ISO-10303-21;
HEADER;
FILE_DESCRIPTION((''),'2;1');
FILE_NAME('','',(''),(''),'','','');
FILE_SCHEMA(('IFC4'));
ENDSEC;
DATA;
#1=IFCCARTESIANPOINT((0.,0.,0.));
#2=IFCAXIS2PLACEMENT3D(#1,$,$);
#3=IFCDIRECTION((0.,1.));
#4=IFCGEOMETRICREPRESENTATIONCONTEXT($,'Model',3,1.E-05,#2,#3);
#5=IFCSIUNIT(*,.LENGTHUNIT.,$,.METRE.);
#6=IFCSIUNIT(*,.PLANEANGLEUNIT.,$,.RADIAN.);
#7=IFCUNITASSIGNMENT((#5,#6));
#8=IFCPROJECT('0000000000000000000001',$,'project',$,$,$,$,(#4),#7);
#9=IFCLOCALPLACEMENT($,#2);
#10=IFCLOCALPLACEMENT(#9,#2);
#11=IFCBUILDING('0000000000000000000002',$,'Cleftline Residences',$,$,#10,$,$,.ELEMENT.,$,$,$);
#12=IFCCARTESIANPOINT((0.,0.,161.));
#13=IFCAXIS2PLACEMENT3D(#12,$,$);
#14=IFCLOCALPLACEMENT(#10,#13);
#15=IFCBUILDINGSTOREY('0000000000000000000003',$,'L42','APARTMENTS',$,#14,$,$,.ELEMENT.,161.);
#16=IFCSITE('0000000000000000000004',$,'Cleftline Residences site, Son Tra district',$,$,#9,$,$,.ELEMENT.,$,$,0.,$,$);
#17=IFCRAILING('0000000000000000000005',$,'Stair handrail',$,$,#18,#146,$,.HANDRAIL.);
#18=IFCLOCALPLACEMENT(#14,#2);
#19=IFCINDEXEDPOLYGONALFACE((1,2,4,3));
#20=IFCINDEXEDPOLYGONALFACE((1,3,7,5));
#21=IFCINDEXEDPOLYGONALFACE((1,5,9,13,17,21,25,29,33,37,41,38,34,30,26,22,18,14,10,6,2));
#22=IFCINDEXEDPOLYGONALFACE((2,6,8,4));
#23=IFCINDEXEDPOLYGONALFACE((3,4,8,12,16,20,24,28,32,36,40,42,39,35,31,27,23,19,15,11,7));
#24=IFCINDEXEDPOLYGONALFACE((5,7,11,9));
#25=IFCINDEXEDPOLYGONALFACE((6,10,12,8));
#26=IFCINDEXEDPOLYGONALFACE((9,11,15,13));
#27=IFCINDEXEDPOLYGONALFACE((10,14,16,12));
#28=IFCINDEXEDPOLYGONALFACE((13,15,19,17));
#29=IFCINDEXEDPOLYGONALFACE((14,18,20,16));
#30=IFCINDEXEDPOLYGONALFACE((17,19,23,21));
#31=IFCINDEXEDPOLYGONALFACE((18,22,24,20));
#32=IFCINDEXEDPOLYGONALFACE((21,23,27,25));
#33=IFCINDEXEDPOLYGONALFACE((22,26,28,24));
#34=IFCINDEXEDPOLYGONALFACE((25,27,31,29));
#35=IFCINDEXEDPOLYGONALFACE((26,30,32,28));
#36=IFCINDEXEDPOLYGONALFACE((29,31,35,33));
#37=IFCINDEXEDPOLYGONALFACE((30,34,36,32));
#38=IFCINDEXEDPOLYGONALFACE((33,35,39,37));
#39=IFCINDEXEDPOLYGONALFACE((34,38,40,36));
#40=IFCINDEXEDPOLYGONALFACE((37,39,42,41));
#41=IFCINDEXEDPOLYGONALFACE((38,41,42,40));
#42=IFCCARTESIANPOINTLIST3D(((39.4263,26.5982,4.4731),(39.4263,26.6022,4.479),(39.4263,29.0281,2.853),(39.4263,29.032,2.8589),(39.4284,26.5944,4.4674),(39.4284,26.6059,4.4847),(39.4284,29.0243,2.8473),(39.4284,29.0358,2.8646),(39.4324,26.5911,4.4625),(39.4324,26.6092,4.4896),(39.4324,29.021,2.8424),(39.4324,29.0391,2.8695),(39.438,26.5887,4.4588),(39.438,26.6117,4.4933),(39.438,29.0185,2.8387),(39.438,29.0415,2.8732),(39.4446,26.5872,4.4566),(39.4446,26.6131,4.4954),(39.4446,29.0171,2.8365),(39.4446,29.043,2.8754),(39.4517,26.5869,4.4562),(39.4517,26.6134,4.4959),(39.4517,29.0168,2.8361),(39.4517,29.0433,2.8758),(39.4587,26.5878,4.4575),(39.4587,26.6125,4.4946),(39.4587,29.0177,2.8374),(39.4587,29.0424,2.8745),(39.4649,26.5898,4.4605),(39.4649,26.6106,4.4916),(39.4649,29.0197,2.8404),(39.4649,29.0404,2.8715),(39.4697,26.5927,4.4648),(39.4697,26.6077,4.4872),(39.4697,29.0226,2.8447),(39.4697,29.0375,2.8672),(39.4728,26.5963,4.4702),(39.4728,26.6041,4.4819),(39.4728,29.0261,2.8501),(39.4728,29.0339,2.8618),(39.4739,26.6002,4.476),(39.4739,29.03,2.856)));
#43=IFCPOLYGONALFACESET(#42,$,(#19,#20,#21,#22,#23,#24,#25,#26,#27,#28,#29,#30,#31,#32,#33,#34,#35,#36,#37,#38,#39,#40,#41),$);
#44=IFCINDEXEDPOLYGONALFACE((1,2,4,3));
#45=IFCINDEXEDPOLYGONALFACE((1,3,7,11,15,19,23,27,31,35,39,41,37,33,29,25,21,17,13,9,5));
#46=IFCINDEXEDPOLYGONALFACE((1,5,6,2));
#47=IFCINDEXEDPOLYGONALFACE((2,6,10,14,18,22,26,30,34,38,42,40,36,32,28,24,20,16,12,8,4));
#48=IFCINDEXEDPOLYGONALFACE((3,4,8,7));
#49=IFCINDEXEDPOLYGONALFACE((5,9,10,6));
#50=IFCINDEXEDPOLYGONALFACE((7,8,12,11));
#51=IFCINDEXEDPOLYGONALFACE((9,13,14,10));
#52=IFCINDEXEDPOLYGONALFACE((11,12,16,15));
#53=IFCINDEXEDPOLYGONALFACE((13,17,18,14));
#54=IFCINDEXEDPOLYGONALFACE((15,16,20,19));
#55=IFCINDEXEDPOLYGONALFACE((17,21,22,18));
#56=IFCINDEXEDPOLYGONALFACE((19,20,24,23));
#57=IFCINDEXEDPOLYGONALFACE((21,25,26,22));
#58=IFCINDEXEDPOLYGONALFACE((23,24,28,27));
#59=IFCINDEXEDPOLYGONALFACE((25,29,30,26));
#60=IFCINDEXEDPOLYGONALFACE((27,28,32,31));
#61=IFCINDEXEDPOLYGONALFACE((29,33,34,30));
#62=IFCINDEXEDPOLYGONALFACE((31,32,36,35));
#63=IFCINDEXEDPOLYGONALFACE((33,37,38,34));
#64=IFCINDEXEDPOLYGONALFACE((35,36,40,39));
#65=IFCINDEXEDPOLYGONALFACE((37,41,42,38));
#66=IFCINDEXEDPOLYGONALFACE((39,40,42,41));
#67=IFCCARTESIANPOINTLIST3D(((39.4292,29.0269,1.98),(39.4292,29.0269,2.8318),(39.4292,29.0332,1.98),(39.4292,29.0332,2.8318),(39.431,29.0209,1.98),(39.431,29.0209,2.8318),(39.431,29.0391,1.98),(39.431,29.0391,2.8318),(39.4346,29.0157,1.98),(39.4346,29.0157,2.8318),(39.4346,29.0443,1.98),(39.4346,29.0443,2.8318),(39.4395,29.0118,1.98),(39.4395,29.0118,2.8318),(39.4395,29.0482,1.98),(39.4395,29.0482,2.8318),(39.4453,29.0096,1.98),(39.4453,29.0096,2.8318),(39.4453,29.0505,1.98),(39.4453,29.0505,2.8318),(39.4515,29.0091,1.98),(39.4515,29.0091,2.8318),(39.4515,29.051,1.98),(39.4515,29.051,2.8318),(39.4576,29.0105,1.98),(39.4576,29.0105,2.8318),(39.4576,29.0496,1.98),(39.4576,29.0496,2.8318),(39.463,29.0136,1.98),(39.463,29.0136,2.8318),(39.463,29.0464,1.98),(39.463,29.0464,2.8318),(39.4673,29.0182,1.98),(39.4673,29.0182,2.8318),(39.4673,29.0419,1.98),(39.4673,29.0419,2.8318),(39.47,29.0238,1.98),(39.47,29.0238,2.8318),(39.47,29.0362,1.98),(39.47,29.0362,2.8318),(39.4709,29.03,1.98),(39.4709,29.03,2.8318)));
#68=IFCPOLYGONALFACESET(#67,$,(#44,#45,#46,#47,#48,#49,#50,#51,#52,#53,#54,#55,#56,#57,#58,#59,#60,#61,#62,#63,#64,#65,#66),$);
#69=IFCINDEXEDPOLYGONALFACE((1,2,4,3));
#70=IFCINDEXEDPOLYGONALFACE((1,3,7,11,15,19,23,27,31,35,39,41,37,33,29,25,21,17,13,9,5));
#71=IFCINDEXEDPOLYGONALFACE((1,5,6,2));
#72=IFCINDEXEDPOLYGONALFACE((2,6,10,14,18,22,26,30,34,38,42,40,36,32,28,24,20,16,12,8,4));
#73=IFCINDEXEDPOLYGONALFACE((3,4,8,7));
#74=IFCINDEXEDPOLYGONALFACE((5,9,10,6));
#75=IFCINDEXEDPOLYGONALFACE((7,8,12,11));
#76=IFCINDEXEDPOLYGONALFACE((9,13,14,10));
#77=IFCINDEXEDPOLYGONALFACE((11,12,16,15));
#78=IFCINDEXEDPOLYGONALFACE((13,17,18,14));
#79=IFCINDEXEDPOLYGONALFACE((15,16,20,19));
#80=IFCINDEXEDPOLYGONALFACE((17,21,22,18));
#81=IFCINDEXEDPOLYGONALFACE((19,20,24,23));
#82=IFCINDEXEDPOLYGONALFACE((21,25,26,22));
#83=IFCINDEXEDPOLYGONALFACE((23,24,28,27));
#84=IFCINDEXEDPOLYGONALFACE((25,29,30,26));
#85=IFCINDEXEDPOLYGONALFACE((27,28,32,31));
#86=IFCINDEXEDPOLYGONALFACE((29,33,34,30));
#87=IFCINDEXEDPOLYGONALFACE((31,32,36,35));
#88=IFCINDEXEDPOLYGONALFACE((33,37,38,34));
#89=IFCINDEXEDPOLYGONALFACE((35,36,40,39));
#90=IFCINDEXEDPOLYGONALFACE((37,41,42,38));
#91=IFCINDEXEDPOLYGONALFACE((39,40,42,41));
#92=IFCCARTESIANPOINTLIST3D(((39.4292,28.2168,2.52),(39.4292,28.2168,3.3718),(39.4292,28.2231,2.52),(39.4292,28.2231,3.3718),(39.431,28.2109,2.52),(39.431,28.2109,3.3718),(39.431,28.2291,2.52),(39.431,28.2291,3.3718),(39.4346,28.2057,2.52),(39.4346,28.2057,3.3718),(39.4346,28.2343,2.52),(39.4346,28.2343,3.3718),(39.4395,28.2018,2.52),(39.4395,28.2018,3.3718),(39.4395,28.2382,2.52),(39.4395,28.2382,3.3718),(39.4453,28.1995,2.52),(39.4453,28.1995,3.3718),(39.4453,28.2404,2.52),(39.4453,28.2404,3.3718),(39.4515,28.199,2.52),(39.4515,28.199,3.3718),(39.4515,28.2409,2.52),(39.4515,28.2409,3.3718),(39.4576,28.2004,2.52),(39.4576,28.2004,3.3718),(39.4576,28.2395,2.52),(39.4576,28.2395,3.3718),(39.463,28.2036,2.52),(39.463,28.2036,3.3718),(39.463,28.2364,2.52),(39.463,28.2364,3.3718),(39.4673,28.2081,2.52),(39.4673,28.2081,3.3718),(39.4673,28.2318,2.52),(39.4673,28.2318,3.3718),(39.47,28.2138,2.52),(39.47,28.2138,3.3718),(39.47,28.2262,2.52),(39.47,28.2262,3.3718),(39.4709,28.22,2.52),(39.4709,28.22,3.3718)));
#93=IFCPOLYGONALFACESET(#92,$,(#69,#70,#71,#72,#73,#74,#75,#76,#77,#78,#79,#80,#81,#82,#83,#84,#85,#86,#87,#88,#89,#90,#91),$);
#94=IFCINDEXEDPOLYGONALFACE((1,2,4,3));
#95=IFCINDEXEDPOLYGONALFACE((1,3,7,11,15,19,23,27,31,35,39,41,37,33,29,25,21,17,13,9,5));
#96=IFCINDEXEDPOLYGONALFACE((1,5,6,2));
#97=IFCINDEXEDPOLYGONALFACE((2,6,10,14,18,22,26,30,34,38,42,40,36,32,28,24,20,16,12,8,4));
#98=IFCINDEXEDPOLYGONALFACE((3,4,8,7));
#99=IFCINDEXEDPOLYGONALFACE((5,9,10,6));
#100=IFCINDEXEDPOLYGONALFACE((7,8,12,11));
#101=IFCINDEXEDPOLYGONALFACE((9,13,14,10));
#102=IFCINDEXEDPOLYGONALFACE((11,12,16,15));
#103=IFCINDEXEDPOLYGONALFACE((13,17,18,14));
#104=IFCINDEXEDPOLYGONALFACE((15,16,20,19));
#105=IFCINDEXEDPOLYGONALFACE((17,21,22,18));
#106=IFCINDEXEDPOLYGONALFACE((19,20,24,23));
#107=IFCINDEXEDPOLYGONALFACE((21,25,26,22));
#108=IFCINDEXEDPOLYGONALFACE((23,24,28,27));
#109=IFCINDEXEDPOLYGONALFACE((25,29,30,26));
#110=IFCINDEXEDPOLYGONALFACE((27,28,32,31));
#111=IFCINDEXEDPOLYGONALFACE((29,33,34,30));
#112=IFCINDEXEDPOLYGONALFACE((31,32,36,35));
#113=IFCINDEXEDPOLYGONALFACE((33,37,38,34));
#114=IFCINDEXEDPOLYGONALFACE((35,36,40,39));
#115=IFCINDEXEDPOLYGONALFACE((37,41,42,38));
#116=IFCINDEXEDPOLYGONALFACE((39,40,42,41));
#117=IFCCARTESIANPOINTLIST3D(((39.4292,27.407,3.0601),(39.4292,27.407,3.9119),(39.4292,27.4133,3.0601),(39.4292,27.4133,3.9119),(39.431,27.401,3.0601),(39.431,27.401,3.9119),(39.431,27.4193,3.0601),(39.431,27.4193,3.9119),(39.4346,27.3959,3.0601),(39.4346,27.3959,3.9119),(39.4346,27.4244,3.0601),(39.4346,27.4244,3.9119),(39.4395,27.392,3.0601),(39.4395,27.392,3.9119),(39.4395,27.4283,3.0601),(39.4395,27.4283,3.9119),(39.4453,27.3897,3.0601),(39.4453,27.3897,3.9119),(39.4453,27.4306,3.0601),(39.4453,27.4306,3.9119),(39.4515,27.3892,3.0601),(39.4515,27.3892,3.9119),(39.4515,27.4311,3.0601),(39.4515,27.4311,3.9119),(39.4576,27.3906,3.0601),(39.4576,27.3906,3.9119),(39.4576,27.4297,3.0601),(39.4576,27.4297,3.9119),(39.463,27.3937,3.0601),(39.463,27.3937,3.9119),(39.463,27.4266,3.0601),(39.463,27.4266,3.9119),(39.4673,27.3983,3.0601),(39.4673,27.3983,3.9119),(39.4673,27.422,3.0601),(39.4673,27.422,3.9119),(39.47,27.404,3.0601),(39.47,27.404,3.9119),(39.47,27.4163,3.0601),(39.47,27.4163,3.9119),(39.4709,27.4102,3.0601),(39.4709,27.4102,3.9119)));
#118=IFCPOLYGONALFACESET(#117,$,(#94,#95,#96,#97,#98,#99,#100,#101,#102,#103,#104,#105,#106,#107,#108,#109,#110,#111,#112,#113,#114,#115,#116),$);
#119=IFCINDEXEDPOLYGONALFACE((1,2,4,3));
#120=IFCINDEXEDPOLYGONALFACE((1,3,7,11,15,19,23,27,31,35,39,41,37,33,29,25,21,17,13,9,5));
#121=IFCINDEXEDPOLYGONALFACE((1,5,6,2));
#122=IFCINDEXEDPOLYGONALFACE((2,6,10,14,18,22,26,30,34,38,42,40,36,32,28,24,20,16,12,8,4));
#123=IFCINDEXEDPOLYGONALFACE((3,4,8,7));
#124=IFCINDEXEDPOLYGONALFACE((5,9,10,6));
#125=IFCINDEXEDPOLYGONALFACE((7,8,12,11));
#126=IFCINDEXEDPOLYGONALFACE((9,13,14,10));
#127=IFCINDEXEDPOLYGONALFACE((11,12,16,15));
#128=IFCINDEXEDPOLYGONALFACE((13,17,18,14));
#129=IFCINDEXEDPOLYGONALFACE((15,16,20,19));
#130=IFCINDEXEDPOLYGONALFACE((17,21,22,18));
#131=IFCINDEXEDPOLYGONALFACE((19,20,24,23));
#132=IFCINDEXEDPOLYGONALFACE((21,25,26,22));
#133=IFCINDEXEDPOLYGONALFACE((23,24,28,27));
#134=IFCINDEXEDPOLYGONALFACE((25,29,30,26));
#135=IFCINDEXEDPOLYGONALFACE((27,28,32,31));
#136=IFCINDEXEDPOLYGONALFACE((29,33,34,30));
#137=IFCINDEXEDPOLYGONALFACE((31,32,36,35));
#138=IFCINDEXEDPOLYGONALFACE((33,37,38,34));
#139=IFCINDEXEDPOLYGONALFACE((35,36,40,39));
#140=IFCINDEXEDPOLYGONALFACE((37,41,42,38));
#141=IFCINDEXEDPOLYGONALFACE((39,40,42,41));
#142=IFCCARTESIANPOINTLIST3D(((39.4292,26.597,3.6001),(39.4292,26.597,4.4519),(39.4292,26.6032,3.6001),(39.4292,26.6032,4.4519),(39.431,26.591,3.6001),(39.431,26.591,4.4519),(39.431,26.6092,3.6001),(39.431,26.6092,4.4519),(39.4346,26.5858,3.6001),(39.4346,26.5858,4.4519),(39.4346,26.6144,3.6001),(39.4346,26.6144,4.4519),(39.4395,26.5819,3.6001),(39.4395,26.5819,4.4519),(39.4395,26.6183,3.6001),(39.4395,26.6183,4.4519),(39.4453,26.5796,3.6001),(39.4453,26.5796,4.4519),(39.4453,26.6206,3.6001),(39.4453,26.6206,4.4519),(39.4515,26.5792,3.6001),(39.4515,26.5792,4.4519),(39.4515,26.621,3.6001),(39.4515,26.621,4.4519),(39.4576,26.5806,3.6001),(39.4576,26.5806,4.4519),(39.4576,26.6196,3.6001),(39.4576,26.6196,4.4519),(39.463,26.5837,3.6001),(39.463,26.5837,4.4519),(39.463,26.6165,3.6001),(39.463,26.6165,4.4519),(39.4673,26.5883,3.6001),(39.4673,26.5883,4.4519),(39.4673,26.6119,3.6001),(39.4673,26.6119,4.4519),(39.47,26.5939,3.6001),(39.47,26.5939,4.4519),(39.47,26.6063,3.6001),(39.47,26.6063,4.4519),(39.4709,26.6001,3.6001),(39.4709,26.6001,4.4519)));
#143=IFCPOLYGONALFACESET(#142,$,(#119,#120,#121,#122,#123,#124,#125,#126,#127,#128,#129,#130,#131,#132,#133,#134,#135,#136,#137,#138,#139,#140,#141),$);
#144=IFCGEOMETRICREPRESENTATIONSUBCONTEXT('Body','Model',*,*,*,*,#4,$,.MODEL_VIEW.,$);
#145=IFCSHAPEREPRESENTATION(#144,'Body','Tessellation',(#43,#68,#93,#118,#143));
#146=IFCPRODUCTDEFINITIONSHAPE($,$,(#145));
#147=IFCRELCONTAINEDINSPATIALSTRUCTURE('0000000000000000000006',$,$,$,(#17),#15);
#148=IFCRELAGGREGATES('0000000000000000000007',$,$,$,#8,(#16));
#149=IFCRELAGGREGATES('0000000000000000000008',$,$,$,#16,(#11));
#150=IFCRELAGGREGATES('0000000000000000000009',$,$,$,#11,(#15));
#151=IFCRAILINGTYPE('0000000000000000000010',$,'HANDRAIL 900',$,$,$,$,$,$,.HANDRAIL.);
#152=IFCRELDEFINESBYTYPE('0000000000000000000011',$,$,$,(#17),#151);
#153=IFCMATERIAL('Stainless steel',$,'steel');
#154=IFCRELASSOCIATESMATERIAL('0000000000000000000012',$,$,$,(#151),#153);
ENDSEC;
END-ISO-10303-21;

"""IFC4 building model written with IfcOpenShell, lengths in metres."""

from ifc_helpers import new_model, si_unit, direction, frame, origin, origin_2d, place, context, subcontext, project, spatial, circle, extrude, material, type_object, element, save


model = new_model("IFC4")

# Units and contexts
model_context = context("Model", 3, precision=1e-05, world=origin(), true_north=direction((0.0, 1.0)))
body_context = subcontext(model_context, "Body", "Model", "MODEL_VIEW")
ifc_project = project(units=[si_unit("LENGTHUNIT", "METRE"), si_unit("PLANEANGLEUNIT", "RADIAN")], contexts=[model_context])

# Site, building, storey
site_placement = place(None, origin())
site = spatial("IfcSite", under=ifc_project, at=site_placement, Name="Cleftline Residences site, Son Tra district", CompositionType="ELEMENT", RefElevation=0.0)
building_placement = place(site_placement, origin())
building = spatial("IfcBuilding", under=site, at=building_placement, Name="Cleftline Residences", CompositionType="ELEMENT")
storey_placement = place(building_placement, frame((0.0, 0.0, 161.0)))
storey = spatial("IfcBuildingStorey", under=building, at=storey_placement, Name="L42", Description="APARTMENTS", CompositionType="ELEMENT", Elevation=161.0)

# Railing
ifc_material_1 = material(Name="Stainless steel", Category="steel")
railing_type = type_object("IfcRailingType", Name="HANDRAIL 900", PredefinedType="HANDRAIL", material=ifc_material_1)
railing_1_placement = place(storey_placement, frame((39.45, 29.03, 1.98)))
element("IfcRailing", 1, at=railing_1_placement, inside=storey, type_object=railing_type, Name="Stair handrail", PredefinedType="HANDRAIL", context=body_context, shape_type="SweptSolid", body=[
    extrude(circle(Radius=0.0239, at=origin_2d()), frame((0.0, 0.0, 0.876), z_axis=(0.0, -0.832025, 0.554739), x_axis=(1.0, 0.0, 0.0)), (0.0, 0.0, 1.0), 2.9204),
    extrude(circle(Radius=0.021, at=origin_2d()), origin(), (0.0, 0.0, 1.0), 0.8518),
    extrude(circle(Radius=0.021, at=origin_2d()), frame((0.0, -0.8101, 0.54)), (0.0, 0.0, 1.0), 0.8518),
    extrude(circle(Radius=0.021, at=origin_2d()), frame((0.0, -1.6199, 1.0801)), (0.0, 0.0, 1.0), 0.8518),
    extrude(circle(Radius=0.021, at=origin_2d()), frame((0.0, -2.4299, 1.6201)), (0.0, 0.0, 1.0), 0.8518),
])

save(model, "model.ifc")
